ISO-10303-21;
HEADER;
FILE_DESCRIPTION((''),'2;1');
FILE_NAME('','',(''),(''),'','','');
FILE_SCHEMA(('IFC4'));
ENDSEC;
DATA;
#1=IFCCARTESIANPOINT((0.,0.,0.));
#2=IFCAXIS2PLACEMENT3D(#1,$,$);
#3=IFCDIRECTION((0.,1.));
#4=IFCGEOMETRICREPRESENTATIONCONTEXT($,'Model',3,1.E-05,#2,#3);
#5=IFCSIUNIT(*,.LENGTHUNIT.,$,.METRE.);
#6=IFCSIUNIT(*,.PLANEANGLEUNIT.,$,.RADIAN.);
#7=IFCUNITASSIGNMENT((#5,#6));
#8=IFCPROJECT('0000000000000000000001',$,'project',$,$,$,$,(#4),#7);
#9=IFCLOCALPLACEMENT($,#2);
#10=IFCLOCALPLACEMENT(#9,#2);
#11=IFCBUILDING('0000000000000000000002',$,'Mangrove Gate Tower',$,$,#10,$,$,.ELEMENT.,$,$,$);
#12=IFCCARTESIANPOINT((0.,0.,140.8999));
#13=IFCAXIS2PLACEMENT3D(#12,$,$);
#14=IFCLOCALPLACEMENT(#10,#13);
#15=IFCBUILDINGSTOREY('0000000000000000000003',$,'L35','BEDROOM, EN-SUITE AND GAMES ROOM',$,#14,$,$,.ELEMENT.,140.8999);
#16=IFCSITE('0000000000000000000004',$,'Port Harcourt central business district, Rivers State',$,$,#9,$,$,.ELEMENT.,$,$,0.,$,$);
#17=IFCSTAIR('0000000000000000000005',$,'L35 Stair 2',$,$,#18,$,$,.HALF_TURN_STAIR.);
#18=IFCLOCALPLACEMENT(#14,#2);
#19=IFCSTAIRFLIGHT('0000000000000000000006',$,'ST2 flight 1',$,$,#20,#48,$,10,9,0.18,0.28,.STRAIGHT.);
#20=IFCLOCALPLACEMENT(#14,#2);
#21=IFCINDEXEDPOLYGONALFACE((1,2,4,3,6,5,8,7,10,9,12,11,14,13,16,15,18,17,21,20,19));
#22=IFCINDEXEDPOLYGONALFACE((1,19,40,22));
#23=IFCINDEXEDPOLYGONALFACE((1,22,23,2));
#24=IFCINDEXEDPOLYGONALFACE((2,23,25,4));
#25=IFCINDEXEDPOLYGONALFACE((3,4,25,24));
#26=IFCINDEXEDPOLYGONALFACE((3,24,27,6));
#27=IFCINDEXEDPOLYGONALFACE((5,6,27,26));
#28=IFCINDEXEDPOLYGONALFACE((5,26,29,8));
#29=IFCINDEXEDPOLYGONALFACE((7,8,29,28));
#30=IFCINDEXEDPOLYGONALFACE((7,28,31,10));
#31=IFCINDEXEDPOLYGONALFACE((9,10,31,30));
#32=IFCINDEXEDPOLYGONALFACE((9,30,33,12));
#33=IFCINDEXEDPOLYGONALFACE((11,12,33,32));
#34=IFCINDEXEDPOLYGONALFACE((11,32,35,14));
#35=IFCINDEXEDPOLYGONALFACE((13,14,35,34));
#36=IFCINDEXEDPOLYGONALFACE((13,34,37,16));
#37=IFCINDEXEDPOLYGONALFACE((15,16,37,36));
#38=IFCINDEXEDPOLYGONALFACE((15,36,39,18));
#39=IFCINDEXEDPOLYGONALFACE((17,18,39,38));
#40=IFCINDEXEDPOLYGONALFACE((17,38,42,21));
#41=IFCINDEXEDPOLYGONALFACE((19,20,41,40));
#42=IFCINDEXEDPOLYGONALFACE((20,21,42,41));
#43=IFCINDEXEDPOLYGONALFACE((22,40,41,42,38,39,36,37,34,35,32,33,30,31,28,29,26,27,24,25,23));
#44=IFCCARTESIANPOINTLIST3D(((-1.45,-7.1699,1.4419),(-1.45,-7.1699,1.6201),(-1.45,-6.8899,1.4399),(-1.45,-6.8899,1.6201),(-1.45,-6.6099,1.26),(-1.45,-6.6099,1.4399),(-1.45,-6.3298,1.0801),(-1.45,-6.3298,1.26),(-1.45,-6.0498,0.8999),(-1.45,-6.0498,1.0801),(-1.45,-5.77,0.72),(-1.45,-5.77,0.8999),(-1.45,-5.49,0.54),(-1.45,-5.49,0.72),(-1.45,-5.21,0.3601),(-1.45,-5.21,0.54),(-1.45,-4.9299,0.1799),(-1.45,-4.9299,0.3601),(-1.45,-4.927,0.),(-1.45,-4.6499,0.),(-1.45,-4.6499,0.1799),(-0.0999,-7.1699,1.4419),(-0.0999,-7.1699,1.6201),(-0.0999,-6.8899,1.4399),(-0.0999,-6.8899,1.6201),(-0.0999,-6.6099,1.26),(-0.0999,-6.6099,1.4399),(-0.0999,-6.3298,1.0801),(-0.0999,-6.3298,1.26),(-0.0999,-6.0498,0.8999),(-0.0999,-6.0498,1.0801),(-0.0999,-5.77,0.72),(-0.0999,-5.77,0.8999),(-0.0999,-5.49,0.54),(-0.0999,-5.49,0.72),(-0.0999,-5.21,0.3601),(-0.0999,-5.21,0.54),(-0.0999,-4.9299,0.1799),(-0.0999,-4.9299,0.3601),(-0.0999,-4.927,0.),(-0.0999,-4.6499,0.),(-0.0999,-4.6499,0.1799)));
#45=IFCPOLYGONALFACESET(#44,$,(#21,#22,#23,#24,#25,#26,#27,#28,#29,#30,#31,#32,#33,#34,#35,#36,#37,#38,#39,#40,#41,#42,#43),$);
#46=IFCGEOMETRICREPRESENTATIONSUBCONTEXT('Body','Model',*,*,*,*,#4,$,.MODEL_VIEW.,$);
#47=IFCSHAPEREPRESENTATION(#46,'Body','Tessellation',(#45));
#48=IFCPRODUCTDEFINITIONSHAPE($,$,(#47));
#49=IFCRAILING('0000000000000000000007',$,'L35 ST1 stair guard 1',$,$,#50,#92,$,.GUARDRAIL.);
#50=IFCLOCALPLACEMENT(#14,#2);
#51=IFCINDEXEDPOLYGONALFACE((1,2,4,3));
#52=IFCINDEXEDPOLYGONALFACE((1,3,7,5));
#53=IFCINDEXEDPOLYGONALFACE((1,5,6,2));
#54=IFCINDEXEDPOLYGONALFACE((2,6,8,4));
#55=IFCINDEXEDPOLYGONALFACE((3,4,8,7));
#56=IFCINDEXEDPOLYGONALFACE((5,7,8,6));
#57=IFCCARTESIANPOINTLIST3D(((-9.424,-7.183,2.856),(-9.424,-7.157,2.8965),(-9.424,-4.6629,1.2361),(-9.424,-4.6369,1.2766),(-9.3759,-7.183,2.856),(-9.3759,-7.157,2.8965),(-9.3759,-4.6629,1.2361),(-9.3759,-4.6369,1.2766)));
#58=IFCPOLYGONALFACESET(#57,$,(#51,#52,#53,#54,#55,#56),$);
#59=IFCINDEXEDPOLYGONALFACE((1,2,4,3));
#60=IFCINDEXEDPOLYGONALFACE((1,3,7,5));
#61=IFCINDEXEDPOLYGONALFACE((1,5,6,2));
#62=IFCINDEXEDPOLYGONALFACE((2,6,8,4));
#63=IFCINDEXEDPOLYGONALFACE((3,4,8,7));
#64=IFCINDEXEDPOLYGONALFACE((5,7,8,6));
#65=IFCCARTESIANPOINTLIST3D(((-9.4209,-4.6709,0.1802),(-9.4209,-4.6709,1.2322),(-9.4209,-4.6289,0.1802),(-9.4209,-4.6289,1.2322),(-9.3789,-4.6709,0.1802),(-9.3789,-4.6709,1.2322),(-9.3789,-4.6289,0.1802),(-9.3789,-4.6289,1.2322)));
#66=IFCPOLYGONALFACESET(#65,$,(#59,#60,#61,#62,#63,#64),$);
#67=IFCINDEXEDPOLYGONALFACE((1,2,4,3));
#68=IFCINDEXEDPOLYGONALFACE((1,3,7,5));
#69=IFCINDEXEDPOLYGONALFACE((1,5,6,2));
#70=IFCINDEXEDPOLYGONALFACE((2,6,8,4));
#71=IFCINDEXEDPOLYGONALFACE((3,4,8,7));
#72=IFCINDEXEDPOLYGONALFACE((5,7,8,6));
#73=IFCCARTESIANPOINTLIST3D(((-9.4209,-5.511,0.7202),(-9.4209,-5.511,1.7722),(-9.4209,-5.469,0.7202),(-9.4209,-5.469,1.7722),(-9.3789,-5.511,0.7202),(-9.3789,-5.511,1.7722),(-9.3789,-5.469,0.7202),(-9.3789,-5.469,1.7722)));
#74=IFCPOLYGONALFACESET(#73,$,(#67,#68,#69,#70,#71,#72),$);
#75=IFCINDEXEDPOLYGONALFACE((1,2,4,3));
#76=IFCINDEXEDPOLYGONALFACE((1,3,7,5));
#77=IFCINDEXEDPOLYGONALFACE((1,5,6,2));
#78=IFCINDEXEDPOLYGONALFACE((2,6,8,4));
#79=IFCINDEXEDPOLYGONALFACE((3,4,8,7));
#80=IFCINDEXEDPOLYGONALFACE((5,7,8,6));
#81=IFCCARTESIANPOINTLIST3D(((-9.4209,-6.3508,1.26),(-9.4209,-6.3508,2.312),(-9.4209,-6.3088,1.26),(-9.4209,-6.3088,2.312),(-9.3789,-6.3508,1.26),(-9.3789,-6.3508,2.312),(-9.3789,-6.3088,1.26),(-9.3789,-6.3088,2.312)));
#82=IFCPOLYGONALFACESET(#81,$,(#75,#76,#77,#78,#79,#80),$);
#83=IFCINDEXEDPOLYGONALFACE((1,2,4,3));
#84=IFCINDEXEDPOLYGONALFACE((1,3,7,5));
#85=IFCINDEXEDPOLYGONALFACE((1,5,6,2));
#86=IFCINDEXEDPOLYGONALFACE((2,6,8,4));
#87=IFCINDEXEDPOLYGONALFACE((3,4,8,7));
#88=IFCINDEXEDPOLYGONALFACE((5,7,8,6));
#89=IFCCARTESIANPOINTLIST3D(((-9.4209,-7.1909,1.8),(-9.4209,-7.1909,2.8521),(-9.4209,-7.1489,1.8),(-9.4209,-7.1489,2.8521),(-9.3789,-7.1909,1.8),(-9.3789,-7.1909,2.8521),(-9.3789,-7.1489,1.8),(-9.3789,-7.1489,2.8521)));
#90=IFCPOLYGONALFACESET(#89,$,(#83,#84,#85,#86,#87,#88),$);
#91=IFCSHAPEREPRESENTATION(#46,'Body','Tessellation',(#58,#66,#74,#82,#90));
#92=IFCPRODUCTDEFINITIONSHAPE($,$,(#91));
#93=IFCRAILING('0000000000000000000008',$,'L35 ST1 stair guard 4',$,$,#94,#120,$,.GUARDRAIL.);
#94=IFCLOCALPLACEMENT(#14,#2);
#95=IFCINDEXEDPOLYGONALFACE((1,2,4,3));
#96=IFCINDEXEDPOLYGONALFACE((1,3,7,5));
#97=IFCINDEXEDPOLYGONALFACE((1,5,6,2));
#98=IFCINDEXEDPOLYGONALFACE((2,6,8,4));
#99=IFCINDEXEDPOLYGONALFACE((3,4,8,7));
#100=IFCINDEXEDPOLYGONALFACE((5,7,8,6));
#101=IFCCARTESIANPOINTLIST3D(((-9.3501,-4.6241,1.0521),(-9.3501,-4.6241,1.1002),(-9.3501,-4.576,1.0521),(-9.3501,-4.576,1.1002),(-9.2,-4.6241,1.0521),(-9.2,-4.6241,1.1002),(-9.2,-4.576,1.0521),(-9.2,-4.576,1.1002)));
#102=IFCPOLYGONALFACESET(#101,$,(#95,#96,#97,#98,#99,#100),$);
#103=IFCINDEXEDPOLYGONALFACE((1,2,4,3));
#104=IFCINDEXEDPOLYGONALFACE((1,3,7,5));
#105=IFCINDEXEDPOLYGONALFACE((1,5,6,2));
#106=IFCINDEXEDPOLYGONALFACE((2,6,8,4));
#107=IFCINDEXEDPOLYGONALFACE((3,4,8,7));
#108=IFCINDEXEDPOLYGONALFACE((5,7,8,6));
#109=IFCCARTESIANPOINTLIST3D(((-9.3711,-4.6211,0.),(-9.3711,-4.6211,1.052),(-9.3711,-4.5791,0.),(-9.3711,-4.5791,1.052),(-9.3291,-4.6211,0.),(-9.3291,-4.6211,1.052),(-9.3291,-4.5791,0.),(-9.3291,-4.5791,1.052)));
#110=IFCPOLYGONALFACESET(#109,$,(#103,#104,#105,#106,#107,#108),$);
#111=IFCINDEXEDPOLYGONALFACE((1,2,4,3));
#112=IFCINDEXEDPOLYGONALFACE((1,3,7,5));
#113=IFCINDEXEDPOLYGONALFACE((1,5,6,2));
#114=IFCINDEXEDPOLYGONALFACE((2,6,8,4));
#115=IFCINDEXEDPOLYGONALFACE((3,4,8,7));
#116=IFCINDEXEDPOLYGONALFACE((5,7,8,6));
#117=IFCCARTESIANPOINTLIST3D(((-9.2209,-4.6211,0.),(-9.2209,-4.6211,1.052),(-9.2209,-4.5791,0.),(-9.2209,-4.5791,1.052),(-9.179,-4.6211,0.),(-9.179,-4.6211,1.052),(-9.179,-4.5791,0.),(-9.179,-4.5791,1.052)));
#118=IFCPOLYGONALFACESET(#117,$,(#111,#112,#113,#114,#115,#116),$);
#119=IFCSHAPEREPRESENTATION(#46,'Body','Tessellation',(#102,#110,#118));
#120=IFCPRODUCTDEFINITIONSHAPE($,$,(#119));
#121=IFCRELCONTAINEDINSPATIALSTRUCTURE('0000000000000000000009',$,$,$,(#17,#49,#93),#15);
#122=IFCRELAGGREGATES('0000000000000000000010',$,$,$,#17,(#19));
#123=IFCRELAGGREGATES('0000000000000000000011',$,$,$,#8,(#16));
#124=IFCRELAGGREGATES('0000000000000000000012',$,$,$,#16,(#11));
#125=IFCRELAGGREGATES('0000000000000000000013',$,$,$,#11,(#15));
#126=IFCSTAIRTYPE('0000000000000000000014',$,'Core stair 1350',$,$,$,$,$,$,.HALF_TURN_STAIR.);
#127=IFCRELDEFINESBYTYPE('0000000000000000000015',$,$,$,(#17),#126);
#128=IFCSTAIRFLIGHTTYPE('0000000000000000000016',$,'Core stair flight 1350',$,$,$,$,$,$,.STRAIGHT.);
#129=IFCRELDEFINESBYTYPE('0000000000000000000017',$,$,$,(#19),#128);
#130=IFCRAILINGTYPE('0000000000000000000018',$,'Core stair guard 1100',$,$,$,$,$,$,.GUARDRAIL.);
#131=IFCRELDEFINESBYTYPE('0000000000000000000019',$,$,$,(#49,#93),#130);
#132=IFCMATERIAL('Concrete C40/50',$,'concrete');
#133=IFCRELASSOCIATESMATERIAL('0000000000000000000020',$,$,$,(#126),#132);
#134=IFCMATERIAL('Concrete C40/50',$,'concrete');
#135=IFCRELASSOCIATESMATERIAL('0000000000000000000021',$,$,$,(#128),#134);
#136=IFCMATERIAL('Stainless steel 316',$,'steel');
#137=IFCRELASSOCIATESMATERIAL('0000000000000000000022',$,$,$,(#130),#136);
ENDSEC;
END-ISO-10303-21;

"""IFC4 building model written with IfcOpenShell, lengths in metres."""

from ifc_helpers import new_model, si_unit, direction, frame, origin, origin_2d, place, context, subcontext, project, spatial, polyline, rectangle, outline, extrude, material, type_object, element, aggregate, save


model = new_model("IFC4")

# Units and contexts
model_context = context("Model", 3, precision=1e-05, world=origin(), true_north=direction((0.0, 1.0)))
body_context = subcontext(model_context, "Body", "Model", "MODEL_VIEW")
ifc_project = project(units=[si_unit("LENGTHUNIT", "METRE"), si_unit("PLANEANGLEUNIT", "RADIAN")], contexts=[model_context])

# Site, building, storey
site_placement = place(None, origin())
site = spatial("IfcSite", under=ifc_project, at=site_placement, Name="Port Harcourt central business district, Rivers State", CompositionType="ELEMENT", RefElevation=0.0)
building_placement = place(site_placement, origin())
building = spatial("IfcBuilding", under=site, at=building_placement, Name="Mangrove Gate Tower", CompositionType="ELEMENT")
storey_placement = place(building_placement, frame((0.0, 0.0, 140.8999)))
storey = spatial("IfcBuildingStorey", under=building, at=storey_placement, Name="L35", Description="BEDROOM, EN-SUITE AND GAMES ROOM", CompositionType="ELEMENT", Elevation=140.8999)

# Stair, stair flight
ifc_material_1 = material(Name="Concrete C40/50", Category="concrete")
stair_type = type_object("IfcStairType", Name="Core stair 1350", PredefinedType="HALF_TURN_STAIR", material=ifc_material_1)
ifc_material_2 = material(Name="Concrete C40/50", Category="concrete")
stair_flight_type = type_object("IfcStairFlightType", Name="Core stair flight 1350", PredefinedType="STRAIGHT", material=ifc_material_2)
stair_1_placement = place(storey_placement, origin())
stair_1 = element("IfcStair", 1, at=stair_1_placement, inside=storey, type_object=stair_type, Name="L35 Stair 2", PredefinedType="HALF_TURN_STAIR")
stair_flight_1_placement = place(storey_placement, frame((-0.7749, -4.6499, 0.0), z_axis=(0.0, 0.0, 1.0), x_axis=(0.0, -1.0, 0.0)))
stair_flight_1 = element("IfcStairFlight", 2, at=stair_flight_1_placement, type_object=stair_flight_type, Name="ST2 flight 1", NumberOfRisers=10, NumberOfTreads=9, PredefinedType="STRAIGHT", RiserHeight=0.18, TreadLength=0.28, context=body_context, shape_type="SweptSolid", body=[
    extrude(outline(polyline([(0.0, 0.0), (0.0, 0.1799), (0.28, 0.1799), (0.28, 0.3601), (0.5601, 0.3601), (0.5601, 0.54), (0.8401, 0.54), (0.8401, 0.72), (1.1201, 0.72), (1.1201, 0.8999), (1.3999, 0.8999), (1.3999, 1.0801), (1.6799, 1.0801), (1.6799, 1.26), (1.96, 1.26), (1.96, 1.4399), (2.24, 1.4399), (2.24, 1.6201), (2.52, 1.6201), (2.52, 1.8), (2.52, 1.4419), (0.2771, 0.0), (0.0, 0.0)])), frame((0.0, 0.675, 0.0), z_axis=(0.0, -1.0, 0.0), x_axis=(1.0, 0.0, 0.0)), (0.0, 0.0, 1.0), 1.3501),
])
aggregate(stair_1, [stair_flight_1])

# Railings
ifc_material_3 = material(Name="Stainless steel 316", Category="steel")
railing_type_1 = type_object("IfcRailingType", Name="Core stair guard 1100", PredefinedType="GUARDRAIL", material=ifc_material_3)
railing_1_placement = place(storey_placement, frame((-9.3999, -4.6499, 0.1802)))
element("IfcRailing", 3, at=railing_1_placement, inside=storey, type_object=railing_type_1, Name="L35 ST1 stair guard 1", PredefinedType="GUARDRAIL", context=body_context, shape_type="SweptSolid", body=[
    extrude(rectangle(XDim=0.0481, YDim=0.0481, at=origin_2d()), frame((0.0, 0.0, 1.0762), z_axis=(0.0, -0.8412, 0.540725), x_axis=(1.0, 0.0, 0.0)), (0.0, 0.0, 1.0), 2.9958),
    extrude(rectangle(XDim=0.042, YDim=0.042, at=origin_2d()), origin(), (0.0, 0.0, 1.0), 1.052),
    extrude(rectangle(XDim=0.042, YDim=0.042, at=origin_2d()), frame((0.0, -0.8401, 0.54)), (0.0, 0.0, 1.0), 1.052),
    extrude(rectangle(XDim=0.042, YDim=0.042, at=origin_2d()), frame((0.0, -1.6799, 1.0798)), (0.0, 0.0, 1.0), 1.052),
    extrude(rectangle(XDim=0.042, YDim=0.042, at=origin_2d()), frame((0.0, -2.52, 1.6199)), (0.0, 0.0, 1.0), 1.052),
])
railing_2_placement = place(storey_placement, frame((-9.3501, -4.6001, 0.0)))
element("IfcRailing", 4, at=railing_2_placement, inside=storey, type_object=railing_type_1, Name="L35 ST1 stair guard 4", PredefinedType="GUARDRAIL", context=body_context, shape_type="SweptSolid", body=[
    extrude(rectangle(XDim=0.0481, YDim=0.0481, at=origin_2d()), frame((0.0, 0.0, 1.0762), z_axis=(1.0, 0.0, 0.0), x_axis=(0.0, 1.0, 0.0)), (0.0, 0.0, 1.0), 0.1501),
    extrude(rectangle(XDim=0.042, YDim=0.042, at=origin_2d()), origin(), (0.0, 0.0, 1.0), 1.052),
    extrude(rectangle(XDim=0.042, YDim=0.042, at=origin_2d()), frame((0.1501, 0.0, 0.0)), (0.0, 0.0, 1.0), 1.052),
])

save(model, "model.ifc")
